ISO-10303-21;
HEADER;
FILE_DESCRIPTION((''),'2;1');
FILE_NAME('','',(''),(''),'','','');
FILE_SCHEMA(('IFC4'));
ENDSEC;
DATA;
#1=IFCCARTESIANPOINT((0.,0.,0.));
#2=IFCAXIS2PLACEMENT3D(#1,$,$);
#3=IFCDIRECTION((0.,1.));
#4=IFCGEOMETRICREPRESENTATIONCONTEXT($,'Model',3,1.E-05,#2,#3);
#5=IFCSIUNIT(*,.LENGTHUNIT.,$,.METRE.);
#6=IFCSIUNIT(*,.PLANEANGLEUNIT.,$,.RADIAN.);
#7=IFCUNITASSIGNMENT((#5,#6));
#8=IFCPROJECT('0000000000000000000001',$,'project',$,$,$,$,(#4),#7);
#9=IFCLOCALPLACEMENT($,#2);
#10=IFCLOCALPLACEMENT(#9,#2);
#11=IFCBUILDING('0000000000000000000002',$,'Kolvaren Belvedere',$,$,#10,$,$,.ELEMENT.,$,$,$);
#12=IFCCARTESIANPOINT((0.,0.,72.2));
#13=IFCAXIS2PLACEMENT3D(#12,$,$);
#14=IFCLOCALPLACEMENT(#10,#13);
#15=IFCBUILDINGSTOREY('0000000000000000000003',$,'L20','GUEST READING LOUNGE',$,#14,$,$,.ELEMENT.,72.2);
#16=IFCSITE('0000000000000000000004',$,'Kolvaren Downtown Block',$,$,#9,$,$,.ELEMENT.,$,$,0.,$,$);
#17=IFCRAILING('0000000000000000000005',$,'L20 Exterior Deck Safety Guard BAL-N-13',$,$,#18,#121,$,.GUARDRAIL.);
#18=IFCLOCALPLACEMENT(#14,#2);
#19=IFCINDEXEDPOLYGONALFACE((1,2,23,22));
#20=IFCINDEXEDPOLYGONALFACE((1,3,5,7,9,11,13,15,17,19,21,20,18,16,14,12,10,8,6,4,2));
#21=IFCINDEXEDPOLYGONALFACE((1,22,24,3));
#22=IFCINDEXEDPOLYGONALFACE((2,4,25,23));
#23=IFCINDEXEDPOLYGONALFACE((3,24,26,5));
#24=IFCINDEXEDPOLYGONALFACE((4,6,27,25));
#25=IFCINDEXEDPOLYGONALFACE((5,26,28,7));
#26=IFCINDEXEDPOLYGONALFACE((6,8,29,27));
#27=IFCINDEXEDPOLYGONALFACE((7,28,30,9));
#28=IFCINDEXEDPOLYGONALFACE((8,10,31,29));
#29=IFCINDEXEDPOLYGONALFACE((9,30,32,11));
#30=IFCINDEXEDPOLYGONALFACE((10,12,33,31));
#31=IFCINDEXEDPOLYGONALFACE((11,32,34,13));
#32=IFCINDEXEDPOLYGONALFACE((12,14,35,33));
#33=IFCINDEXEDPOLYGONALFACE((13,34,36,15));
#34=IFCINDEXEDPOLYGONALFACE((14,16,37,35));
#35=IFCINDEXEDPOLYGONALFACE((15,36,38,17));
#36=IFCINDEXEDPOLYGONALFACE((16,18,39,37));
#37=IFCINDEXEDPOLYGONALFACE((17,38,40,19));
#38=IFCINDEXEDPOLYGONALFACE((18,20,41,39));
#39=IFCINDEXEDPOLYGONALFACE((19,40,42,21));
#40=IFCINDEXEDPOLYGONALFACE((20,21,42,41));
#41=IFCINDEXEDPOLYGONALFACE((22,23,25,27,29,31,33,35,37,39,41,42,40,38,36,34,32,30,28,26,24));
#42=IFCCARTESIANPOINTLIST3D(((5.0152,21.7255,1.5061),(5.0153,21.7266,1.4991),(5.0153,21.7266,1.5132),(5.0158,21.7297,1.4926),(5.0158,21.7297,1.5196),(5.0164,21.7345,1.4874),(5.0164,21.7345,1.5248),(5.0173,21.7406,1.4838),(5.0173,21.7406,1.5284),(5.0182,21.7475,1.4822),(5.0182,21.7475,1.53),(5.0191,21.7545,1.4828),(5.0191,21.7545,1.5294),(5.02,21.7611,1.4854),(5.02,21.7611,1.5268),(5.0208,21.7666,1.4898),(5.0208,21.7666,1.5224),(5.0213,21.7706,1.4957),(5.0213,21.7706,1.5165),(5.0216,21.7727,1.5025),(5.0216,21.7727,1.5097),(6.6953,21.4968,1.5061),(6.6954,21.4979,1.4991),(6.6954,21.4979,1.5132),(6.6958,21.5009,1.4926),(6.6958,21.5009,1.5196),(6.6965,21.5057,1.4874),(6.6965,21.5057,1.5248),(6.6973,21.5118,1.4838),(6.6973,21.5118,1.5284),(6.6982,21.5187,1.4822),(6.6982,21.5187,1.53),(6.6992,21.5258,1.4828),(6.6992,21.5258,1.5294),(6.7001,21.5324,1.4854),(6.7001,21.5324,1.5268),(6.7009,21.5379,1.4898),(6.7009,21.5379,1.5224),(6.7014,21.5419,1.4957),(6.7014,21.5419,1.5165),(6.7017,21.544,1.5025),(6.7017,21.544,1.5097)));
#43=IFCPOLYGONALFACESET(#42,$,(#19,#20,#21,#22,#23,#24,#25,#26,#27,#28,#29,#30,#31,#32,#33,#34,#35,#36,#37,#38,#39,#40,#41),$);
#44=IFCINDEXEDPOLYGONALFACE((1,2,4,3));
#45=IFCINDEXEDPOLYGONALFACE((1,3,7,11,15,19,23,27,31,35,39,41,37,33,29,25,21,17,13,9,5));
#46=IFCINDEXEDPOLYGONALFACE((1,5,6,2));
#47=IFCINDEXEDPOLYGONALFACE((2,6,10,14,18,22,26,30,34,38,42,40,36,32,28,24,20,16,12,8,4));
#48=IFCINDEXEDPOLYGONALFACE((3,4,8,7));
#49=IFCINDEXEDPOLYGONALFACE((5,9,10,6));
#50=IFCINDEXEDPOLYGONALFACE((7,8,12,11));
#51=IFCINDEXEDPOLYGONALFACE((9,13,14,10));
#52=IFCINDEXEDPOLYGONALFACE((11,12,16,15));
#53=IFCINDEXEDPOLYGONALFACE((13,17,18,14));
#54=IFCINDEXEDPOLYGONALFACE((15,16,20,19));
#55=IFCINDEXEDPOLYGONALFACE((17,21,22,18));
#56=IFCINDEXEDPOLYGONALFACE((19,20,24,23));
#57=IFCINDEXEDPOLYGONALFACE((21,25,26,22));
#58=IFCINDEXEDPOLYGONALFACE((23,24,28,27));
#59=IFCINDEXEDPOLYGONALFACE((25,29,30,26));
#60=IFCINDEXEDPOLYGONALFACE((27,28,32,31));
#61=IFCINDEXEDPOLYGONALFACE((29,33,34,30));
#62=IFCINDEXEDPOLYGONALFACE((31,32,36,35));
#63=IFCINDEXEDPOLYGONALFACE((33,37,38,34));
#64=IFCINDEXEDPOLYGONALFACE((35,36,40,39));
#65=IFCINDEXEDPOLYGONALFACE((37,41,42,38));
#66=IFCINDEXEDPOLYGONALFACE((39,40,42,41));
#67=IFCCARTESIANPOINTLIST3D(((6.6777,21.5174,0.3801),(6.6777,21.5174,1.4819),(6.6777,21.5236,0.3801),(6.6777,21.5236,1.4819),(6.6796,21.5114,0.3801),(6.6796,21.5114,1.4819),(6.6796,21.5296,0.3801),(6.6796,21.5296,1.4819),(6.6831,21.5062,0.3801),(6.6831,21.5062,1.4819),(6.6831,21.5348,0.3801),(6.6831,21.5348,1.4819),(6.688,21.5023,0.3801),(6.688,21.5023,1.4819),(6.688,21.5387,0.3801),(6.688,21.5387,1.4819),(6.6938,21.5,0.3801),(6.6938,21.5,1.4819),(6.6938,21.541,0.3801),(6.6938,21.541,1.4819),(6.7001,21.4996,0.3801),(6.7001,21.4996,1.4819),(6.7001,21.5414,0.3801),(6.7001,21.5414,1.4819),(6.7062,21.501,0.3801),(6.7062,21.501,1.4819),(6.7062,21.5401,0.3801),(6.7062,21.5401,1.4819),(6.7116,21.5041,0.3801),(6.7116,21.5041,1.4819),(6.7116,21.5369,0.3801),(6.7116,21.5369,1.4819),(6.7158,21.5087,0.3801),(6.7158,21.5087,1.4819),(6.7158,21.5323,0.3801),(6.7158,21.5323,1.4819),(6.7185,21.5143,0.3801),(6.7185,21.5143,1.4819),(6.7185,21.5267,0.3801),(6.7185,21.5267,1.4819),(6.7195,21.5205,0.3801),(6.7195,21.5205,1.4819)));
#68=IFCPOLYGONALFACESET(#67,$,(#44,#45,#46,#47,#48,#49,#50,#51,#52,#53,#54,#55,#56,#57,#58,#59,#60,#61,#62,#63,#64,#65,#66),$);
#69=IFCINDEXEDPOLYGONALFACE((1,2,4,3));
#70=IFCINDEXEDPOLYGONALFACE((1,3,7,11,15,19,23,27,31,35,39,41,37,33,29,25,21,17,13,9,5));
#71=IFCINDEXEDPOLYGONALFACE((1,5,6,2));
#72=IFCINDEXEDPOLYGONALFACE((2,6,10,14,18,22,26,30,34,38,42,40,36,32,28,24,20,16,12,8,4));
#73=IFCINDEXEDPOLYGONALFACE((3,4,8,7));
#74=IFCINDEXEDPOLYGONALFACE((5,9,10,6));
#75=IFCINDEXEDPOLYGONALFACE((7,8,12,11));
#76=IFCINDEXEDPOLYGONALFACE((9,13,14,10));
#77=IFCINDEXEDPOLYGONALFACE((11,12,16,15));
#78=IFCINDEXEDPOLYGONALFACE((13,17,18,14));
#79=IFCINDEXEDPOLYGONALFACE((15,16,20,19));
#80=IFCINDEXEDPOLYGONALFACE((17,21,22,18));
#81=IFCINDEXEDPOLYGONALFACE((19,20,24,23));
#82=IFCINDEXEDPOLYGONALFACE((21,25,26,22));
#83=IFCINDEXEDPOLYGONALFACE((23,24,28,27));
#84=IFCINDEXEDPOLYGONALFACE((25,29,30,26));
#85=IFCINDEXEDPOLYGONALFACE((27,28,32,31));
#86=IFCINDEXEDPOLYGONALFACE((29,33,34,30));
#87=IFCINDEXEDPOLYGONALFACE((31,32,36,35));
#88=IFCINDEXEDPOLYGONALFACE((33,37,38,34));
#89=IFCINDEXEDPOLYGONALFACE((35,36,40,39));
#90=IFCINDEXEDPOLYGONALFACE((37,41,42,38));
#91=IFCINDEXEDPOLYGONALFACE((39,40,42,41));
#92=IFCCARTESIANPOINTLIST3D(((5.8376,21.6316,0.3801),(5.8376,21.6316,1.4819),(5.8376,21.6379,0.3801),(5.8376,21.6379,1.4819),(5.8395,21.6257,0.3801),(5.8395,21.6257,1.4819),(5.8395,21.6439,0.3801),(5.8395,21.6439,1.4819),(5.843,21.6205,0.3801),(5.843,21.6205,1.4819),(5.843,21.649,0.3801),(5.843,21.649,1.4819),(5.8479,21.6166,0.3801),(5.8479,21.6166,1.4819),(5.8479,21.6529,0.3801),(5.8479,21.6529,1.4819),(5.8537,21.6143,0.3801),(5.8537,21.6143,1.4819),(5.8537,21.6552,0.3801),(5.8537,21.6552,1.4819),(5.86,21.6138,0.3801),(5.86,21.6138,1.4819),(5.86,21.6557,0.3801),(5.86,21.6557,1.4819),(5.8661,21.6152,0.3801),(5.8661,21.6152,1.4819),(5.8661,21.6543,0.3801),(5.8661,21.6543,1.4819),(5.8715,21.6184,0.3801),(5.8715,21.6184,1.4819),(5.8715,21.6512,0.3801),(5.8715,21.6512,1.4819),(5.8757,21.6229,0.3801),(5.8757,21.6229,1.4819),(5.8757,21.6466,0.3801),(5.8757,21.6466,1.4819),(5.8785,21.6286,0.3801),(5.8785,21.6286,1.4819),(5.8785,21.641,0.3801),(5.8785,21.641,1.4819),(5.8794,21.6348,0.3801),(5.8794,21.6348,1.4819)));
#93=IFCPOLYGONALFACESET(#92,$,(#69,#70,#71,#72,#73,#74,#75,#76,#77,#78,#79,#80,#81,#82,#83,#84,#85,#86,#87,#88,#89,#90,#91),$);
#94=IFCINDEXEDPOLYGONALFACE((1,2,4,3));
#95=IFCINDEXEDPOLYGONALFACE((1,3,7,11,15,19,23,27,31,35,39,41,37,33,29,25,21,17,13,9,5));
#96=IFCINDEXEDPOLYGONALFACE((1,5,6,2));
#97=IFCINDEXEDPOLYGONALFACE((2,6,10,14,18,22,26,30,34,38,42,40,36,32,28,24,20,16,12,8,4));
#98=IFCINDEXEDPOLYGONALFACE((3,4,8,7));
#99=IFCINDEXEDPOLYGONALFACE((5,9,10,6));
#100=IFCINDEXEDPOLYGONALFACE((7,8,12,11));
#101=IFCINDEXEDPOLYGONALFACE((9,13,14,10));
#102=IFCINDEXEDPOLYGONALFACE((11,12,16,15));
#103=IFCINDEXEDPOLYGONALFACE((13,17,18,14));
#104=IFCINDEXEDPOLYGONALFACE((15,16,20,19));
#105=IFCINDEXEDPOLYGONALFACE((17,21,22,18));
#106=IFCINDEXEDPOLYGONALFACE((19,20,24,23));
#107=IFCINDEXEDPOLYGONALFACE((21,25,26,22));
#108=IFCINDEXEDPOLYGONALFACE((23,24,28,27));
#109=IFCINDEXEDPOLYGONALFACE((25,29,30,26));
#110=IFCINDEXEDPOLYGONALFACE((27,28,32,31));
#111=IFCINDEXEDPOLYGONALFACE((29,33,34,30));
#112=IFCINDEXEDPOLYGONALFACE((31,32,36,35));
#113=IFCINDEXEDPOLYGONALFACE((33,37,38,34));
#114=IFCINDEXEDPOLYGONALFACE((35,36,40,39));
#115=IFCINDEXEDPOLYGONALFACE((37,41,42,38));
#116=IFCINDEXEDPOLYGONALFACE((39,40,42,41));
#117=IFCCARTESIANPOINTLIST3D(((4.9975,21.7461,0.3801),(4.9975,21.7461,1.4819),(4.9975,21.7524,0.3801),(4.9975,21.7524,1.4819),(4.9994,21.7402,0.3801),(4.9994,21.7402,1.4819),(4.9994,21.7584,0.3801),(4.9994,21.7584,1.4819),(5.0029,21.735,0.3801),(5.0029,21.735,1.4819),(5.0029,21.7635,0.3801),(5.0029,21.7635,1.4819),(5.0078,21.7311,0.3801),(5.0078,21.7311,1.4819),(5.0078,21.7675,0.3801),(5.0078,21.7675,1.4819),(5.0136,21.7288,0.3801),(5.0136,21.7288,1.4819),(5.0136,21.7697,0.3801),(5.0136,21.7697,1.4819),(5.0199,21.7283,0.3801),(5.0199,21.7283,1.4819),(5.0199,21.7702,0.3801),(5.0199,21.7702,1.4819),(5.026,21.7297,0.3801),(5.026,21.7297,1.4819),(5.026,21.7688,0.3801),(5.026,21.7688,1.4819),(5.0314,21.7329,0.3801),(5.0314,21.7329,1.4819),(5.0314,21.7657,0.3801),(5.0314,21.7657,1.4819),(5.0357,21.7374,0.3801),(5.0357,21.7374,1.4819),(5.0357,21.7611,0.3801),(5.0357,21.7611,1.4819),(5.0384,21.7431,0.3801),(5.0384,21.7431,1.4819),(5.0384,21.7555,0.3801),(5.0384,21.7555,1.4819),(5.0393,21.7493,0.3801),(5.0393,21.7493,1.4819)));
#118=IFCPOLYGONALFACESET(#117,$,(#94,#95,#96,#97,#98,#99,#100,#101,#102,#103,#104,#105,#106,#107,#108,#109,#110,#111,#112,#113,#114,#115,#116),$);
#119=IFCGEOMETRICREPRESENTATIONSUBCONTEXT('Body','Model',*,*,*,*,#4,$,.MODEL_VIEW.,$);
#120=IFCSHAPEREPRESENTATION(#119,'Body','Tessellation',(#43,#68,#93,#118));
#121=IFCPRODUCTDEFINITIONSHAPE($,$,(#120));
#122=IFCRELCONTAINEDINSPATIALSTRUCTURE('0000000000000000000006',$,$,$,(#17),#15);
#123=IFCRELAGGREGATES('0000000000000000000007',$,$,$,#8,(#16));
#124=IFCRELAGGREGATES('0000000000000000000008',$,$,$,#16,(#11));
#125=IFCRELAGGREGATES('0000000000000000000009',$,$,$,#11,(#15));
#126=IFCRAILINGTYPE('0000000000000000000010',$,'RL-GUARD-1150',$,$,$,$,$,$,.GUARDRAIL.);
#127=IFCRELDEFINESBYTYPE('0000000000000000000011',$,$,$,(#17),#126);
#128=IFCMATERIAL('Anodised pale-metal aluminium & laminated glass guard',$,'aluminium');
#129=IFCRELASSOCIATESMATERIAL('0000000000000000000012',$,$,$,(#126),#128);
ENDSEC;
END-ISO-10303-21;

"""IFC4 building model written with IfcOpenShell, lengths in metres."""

from ifc_helpers import new_model, si_unit, direction, frame, origin, origin_2d, place, context, subcontext, project, spatial, circle, extrude, material, type_object, element, save


model = new_model("IFC4")

# Units and contexts
model_context = context("Model", 3, precision=1e-05, world=origin(), true_north=direction((0.0, 1.0)))
body_context = subcontext(model_context, "Body", "Model", "MODEL_VIEW")
ifc_project = project(units=[si_unit("LENGTHUNIT", "METRE"), si_unit("PLANEANGLEUNIT", "RADIAN")], contexts=[model_context])

# Site, building, storey
site_placement = place(None, origin())
site = spatial("IfcSite", under=ifc_project, at=site_placement, Name="Kolvaren Downtown Block", CompositionType="ELEMENT", RefElevation=0.0)
building_placement = place(site_placement, origin())
building = spatial("IfcBuilding", under=site, at=building_placement, Name="Kolvaren Belvedere", CompositionType="ELEMENT")
storey_placement = place(building_placement, frame((0.0, 0.0, 72.2)))
storey = spatial("IfcBuildingStorey", under=building, at=storey_placement, Name="L20", Description="GUEST READING LOUNGE", CompositionType="ELEMENT", Elevation=72.2)

# Railing
ifc_material_1 = material(Name="Anodised pale-metal aluminium & laminated glass guard", Category="aluminium")
railing_type = type_object("IfcRailingType", Name="RL-GUARD-1150", PredefinedType="GUARDRAIL", material=ifc_material_1)
railing_1_placement = place(storey_placement, frame((6.6985, 21.5205, 0.3801)))
element("IfcRailing", 1, at=railing_1_placement, inside=storey, type_object=railing_type, Name="L20 Exterior Deck Safety Guard BAL-N-13", PredefinedType="GUARDRAIL", context=body_context, shape_type="SweptSolid", body=[
    extrude(circle(Radius=0.0239, at=origin_2d()), frame((0.0, 0.0, 1.126), z_axis=(-0.990858, 0.134908, 0.0), x_axis=(-0.134908, -0.990858, 0.0)), (0.0, 0.0, 1.0), 1.6956),
    extrude(circle(Radius=0.021, at=origin_2d()), origin(), (0.0, 0.0, 1.0), 1.1018),
    extrude(circle(Radius=0.021, at=origin_2d()), frame((-0.8401, 0.1143, 0.0)), (0.0, 0.0, 1.0), 1.1018),
    extrude(circle(Radius=0.021, at=origin_2d()), frame((-1.6802, 0.2288, 0.0)), (0.0, 0.0, 1.0), 1.1018),
])

save(model, "model.ifc")
